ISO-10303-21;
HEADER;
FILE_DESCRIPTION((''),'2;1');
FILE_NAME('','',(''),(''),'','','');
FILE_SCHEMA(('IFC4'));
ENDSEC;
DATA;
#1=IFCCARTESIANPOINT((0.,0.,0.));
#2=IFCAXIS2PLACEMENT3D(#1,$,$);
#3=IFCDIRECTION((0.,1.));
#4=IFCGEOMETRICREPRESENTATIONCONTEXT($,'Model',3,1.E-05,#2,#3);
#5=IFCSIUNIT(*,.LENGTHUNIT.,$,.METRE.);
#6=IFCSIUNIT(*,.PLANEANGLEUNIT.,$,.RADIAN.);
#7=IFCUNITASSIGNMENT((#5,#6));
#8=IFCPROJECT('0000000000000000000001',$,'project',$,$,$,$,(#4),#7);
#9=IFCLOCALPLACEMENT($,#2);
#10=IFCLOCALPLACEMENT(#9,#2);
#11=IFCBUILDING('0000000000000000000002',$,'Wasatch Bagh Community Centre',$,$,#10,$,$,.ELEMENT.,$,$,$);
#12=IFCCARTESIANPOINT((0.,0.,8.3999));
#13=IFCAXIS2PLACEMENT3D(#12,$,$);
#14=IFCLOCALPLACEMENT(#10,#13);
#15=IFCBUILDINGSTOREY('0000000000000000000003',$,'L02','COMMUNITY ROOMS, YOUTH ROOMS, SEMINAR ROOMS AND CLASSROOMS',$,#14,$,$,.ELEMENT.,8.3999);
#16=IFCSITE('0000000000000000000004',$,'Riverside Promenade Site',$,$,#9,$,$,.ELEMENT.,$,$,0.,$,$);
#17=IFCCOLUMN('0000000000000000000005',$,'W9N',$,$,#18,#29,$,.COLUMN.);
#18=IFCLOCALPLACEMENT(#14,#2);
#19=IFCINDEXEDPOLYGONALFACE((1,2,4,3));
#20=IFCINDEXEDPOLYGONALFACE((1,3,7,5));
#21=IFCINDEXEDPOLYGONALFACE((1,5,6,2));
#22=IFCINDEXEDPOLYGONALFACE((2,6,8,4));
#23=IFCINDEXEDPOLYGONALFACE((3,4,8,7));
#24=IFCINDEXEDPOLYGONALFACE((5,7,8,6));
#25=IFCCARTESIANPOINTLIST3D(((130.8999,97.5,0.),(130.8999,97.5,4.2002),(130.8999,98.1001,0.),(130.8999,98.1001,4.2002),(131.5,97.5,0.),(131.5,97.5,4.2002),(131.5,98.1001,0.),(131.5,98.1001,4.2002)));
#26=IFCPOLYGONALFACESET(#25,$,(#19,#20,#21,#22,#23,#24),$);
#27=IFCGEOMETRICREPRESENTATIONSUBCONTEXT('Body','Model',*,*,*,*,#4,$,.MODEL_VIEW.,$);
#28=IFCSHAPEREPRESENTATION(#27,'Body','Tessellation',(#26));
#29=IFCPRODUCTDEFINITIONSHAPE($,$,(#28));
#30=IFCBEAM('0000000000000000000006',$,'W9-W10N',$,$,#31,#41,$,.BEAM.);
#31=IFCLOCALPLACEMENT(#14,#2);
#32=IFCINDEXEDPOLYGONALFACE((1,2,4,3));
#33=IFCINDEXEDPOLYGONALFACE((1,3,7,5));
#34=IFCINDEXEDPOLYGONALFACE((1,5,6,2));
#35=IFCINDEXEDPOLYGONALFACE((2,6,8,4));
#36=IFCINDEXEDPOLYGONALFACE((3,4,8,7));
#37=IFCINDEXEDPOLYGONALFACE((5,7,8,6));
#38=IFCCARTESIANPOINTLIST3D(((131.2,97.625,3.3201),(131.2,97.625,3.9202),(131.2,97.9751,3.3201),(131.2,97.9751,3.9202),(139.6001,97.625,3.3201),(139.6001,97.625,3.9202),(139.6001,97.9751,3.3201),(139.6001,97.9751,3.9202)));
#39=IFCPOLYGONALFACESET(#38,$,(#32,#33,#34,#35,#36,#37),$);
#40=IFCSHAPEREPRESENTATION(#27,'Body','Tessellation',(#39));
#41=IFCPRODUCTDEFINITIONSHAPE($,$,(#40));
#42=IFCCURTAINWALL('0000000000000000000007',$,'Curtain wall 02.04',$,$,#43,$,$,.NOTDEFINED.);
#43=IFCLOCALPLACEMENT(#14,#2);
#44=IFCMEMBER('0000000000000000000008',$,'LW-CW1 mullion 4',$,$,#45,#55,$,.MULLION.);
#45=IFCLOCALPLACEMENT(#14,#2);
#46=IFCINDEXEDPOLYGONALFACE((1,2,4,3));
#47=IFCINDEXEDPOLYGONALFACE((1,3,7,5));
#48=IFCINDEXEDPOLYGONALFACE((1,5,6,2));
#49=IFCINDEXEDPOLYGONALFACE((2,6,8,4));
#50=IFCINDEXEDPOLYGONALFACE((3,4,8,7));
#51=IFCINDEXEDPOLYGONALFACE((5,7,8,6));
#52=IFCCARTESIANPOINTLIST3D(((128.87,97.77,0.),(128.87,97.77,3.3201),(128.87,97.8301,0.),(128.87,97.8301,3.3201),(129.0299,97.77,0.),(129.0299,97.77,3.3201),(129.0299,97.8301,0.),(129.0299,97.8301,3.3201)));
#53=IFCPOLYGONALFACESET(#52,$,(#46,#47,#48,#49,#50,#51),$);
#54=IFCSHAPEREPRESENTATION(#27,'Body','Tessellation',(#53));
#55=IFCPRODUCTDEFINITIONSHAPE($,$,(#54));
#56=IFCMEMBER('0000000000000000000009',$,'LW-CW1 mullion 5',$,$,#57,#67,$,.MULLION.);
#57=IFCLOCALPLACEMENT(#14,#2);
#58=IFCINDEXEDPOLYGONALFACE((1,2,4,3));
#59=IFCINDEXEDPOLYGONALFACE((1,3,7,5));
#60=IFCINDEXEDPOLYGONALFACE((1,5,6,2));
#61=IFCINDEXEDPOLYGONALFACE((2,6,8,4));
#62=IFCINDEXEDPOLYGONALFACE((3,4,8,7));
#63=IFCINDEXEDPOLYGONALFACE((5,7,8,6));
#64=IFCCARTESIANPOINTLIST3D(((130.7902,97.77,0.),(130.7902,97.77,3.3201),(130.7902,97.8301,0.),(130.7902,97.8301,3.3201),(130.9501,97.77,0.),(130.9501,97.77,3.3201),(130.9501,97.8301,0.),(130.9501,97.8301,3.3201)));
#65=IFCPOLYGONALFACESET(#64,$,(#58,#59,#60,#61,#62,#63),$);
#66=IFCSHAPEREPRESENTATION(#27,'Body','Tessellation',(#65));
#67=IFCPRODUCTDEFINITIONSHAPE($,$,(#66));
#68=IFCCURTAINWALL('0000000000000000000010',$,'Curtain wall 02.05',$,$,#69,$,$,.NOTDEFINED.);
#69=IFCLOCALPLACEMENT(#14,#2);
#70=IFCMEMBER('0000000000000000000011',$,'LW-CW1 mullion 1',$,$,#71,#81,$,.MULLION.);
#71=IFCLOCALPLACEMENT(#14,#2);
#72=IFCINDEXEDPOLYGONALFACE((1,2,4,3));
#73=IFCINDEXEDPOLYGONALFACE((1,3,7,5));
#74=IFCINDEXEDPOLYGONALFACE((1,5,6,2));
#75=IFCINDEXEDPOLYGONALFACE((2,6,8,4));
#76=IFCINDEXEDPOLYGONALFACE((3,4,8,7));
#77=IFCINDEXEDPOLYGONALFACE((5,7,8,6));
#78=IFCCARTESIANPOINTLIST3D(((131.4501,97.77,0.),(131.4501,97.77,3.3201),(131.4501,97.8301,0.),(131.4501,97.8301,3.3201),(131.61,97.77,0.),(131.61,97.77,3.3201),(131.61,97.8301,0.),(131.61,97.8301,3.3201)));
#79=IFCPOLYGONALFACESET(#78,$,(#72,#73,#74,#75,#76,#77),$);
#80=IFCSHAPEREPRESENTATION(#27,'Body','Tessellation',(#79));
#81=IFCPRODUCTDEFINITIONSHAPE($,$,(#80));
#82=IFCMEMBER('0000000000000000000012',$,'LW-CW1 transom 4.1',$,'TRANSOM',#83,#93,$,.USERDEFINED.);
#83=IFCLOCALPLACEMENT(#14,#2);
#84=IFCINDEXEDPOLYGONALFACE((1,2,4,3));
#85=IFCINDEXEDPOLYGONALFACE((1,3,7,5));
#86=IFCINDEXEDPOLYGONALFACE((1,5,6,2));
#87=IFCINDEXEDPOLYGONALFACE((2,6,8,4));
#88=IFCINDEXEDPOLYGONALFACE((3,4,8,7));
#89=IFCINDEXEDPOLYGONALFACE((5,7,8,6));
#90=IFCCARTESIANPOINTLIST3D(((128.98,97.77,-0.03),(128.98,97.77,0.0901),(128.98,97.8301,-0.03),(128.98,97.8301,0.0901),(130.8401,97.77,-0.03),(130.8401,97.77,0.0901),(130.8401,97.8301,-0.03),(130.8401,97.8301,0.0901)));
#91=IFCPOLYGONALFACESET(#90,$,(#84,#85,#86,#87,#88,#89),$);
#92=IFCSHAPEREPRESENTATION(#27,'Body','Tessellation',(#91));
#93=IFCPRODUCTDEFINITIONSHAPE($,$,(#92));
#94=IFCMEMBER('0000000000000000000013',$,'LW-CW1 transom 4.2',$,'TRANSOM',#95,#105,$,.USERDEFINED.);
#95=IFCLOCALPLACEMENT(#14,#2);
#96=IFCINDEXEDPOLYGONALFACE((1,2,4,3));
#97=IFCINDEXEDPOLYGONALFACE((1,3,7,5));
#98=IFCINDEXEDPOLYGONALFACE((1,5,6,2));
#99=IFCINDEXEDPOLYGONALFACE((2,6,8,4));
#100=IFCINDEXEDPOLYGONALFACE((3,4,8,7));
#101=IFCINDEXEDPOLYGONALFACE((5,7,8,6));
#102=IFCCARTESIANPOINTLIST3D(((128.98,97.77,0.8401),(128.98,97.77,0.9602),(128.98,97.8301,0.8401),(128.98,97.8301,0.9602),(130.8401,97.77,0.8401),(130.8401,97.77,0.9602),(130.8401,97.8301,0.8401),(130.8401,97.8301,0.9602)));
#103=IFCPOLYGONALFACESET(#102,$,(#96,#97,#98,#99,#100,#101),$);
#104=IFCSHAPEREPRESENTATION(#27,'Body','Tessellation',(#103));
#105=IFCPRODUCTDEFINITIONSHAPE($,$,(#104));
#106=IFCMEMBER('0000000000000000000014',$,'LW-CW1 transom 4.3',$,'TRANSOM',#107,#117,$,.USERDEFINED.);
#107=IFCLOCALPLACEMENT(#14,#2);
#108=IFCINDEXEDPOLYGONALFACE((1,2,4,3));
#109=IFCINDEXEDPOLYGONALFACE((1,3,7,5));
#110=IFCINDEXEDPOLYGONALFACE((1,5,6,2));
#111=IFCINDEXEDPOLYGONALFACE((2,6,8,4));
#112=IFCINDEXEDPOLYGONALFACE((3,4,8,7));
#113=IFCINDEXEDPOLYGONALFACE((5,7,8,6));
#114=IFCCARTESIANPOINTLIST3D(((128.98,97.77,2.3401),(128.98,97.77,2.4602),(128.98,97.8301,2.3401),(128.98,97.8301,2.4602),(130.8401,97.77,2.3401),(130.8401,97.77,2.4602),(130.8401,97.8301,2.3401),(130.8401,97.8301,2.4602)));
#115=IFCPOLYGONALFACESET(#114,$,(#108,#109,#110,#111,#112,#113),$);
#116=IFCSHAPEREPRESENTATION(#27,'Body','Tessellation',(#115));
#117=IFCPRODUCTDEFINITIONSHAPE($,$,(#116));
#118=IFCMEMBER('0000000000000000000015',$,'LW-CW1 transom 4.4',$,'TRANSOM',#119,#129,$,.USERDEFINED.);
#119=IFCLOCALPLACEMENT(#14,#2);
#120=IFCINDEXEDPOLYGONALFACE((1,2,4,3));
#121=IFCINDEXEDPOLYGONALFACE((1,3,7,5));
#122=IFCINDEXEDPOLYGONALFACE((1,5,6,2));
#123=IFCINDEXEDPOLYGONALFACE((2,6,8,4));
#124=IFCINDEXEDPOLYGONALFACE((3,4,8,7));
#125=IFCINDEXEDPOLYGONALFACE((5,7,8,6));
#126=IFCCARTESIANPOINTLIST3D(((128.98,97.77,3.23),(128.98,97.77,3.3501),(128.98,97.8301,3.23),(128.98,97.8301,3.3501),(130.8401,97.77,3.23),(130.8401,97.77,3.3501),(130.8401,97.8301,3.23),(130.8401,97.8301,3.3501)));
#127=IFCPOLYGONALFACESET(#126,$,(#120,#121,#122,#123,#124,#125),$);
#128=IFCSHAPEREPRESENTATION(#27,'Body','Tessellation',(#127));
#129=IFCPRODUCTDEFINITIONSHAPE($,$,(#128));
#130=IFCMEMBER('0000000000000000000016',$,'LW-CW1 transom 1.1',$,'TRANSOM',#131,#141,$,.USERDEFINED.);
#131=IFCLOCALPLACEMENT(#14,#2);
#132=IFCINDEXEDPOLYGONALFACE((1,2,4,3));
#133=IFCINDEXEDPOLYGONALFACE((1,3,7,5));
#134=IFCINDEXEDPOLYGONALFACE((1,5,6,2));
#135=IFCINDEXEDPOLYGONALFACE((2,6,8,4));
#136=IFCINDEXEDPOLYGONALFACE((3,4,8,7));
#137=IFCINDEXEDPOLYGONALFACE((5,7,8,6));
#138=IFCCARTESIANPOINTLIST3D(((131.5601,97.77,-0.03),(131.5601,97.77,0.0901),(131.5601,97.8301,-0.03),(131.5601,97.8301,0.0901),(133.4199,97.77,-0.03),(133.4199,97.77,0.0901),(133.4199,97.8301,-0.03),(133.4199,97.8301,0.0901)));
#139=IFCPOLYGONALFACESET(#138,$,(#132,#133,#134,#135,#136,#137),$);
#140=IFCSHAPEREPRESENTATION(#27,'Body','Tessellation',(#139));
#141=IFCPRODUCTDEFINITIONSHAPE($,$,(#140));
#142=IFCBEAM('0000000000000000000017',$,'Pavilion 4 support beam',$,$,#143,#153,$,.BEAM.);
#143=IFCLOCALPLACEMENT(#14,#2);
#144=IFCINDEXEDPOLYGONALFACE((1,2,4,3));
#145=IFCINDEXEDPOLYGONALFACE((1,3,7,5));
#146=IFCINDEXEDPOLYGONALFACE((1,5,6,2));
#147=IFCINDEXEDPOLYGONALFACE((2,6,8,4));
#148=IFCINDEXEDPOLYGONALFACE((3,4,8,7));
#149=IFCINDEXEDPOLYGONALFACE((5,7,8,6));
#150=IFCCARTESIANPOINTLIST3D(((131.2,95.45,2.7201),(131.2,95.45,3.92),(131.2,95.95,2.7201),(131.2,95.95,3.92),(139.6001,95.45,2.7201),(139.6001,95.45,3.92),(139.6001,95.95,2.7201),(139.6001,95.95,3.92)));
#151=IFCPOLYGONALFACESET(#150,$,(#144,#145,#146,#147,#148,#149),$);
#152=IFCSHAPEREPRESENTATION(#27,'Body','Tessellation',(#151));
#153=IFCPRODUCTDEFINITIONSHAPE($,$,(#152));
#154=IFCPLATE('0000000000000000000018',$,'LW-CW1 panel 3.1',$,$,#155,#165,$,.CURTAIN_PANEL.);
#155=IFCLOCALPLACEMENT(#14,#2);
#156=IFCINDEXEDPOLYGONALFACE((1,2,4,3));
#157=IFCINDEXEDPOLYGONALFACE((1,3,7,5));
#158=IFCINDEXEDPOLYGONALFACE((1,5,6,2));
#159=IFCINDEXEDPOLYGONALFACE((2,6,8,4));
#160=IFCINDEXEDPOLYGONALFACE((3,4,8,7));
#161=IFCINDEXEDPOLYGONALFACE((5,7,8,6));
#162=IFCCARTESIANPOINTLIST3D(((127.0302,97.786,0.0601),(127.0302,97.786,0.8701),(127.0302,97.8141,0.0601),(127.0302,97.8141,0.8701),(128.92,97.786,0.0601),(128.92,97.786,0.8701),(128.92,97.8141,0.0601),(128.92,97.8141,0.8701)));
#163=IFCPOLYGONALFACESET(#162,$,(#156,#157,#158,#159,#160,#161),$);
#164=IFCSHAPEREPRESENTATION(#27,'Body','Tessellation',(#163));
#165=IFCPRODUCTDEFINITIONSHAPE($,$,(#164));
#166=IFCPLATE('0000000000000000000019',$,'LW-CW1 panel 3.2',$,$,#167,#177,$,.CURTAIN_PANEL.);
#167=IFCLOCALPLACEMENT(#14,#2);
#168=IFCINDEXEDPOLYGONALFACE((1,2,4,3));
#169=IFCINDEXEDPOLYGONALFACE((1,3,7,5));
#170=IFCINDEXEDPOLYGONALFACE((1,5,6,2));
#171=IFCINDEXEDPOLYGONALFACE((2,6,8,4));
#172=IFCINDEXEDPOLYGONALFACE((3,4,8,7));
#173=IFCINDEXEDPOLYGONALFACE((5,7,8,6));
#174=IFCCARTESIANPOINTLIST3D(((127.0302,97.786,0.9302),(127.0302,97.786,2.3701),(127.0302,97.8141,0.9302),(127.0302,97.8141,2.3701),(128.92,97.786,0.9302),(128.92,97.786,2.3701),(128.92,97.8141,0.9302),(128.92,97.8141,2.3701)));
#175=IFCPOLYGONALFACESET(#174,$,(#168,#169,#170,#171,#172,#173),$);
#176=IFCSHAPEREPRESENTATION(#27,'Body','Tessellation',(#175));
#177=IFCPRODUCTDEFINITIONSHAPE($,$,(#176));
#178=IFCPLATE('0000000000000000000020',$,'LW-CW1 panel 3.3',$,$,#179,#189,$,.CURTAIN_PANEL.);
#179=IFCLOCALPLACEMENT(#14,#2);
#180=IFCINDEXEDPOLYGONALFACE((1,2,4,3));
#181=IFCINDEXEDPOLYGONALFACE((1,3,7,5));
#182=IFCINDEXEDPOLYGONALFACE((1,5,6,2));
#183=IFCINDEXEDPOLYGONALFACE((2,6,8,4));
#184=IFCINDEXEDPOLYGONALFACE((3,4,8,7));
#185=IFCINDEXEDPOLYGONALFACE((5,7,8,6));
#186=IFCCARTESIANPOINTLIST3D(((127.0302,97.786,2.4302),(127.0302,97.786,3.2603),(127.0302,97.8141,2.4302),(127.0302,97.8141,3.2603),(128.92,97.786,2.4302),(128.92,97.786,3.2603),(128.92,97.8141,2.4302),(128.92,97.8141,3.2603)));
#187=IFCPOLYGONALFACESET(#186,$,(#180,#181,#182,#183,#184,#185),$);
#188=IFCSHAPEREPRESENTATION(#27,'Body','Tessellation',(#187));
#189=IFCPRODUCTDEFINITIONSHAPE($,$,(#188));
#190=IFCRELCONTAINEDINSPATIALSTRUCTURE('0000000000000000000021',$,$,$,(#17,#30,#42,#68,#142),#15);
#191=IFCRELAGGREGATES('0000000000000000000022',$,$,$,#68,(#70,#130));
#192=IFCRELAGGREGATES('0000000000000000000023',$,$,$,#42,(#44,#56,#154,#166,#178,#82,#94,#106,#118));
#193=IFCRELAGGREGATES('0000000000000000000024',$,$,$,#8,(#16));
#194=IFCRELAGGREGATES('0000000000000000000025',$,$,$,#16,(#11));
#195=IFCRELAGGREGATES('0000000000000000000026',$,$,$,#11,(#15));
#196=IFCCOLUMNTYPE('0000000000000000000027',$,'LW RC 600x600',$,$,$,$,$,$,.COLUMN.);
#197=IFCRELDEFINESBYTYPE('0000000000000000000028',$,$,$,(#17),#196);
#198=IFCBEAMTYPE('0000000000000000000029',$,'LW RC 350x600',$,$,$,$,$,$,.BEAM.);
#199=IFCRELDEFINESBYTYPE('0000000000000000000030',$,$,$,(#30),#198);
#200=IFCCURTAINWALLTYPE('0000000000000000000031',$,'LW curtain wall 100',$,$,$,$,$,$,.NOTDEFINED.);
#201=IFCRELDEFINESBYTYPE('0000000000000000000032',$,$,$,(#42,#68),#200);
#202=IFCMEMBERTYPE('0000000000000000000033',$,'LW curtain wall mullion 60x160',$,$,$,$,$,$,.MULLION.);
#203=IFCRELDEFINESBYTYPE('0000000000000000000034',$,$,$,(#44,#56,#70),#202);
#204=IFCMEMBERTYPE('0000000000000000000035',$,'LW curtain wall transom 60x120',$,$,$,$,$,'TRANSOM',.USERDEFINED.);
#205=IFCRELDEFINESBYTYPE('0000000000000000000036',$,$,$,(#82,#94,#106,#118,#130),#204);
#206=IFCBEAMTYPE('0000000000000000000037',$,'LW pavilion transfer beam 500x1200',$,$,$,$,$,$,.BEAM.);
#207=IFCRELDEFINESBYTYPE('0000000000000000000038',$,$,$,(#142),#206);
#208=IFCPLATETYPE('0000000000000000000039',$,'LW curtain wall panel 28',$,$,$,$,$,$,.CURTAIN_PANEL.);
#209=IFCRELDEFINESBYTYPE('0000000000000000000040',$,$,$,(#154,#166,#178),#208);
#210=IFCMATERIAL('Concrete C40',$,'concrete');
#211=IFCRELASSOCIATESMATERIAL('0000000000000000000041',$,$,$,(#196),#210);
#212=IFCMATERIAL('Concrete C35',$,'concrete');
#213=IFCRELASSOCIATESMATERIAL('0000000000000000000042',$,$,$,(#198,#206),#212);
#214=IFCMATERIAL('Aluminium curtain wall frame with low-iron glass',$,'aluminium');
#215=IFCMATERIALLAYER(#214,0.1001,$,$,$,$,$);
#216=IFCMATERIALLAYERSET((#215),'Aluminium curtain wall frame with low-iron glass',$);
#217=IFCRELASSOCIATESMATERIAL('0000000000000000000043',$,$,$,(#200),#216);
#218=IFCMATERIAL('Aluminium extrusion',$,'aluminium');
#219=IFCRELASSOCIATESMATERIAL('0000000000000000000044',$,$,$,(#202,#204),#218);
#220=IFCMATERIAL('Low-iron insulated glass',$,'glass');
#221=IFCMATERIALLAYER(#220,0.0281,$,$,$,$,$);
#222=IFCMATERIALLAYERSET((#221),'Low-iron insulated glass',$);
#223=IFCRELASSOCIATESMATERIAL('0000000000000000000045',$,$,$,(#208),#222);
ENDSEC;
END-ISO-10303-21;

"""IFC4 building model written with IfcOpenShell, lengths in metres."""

from ifc_helpers import new_model, si_unit, direction, frame, origin, origin_2d, place, context, subcontext, project, spatial, rectangle, extrude, material, layer, layer_set, material_profile, profile_set, type_object, element, aggregate, save


model = new_model("IFC4")

# Units and contexts
model_context = context("Model", 3, precision=1e-05, world=origin(), true_north=direction((0.0, 1.0)))
body_context = subcontext(model_context, "Body", "Model", "MODEL_VIEW")
ifc_project = project(units=[si_unit("LENGTHUNIT", "METRE"), si_unit("PLANEANGLEUNIT", "RADIAN")], contexts=[model_context])

# Site, building, storey
site_placement = place(None, origin())
site = spatial("IfcSite", under=ifc_project, at=site_placement, Name="Riverside Promenade Site", CompositionType="ELEMENT", RefElevation=0.0)
building_placement = place(site_placement, origin())
building = spatial("IfcBuilding", under=site, at=building_placement, Name="Wasatch Bagh Community Centre", CompositionType="ELEMENT")
storey_placement = place(building_placement, frame((0.0, 0.0, 8.3999)))
storey = spatial("IfcBuildingStorey", under=building, at=storey_placement, Name="L02", Description="COMMUNITY ROOMS, YOUTH ROOMS, SEMINAR ROOMS AND CLASSROOMS", CompositionType="ELEMENT", Elevation=8.3999)

# Column
ifc_material_1 = material(Name="Concrete C40", Category="concrete")
ifc_material_profile_1 = material_profile(ifc_material_1, rectangle(XDim=0.6001, YDim=0.6001, at=origin_2d()), Name="RC 600x600")
ifc_profile_set_1 = profile_set([ifc_material_profile_1], Name="Concrete C40")
column_type = type_object("IfcColumnType", Name="LW RC 600x600", PredefinedType="COLUMN", material=ifc_profile_set_1)
column_placement = place(storey_placement, frame((131.2, 97.8, 0.0), z_axis=(0.0, 0.0, 1.0), x_axis=(1.0, 0.0, 0.0)))
element("IfcColumn", 1, at=column_placement, inside=storey, type_object=column_type, Name="W9N", PredefinedType="COLUMN", context=body_context, shape_type="SweptSolid", body=[
    extrude(rectangle(XDim=0.6001, YDim=0.6001, at=origin_2d()), origin(), (0.0, 0.0, 1.0), 4.2002),
])

# Beam
ifc_material_2 = material(Name="Concrete C35", Category="concrete")
ifc_material_profile_2 = material_profile(ifc_material_2, rectangle(XDim=0.3501, YDim=0.6001, at=origin_2d()), Name="RC 350x600")
ifc_profile_set_2 = profile_set([ifc_material_profile_2], Name="Concrete C35")
beam_type_1 = type_object("IfcBeamType", Name="LW RC 350x600", PredefinedType="BEAM", material=ifc_profile_set_2)
beam_1_placement = place(storey_placement, frame((131.2, 97.8, 3.6201), z_axis=(1.0, 0.0, 0.0), x_axis=(0.0, 1.0, 0.0)))
element("IfcBeam", 2, at=beam_1_placement, inside=storey, type_object=beam_type_1, Name="W9-W10N", PredefinedType="BEAM", context=body_context, shape_type="SweptSolid", body=[
    extrude(rectangle(XDim=0.3501, YDim=0.6001, at=origin_2d()), origin(), (0.0, 0.0, 1.0), 8.4001),
])

# Curtain wall, members
ifc_material_3 = material(Name="Aluminium curtain wall frame with low-iron glass", Category="aluminium")
ifc_layer_1 = layer(ifc_material_3, 0.1001)
ifc_layer_set_1 = layer_set([ifc_layer_1], Name="Aluminium curtain wall frame with low-iron glass")
curtain_wall_type = type_object("IfcCurtainWallType", Name="LW curtain wall 100", PredefinedType="NOTDEFINED", material=ifc_layer_set_1)
curtain_wall_1_placement = place(storey_placement, origin())
curtain_wall_1 = element("IfcCurtainWall", 3, at=curtain_wall_1_placement, inside=storey, type_object=curtain_wall_type, Name="Curtain wall 02.04", PredefinedType="NOTDEFINED")
ifc_material_4 = material(Name="Aluminium extrusion", Category="aluminium")
ifc_material_profile_3 = material_profile(ifc_material_4, rectangle(XDim=0.0601, YDim=0.1599, at=origin_2d()), Name="AL 60x160")
ifc_profile_set_3 = profile_set([ifc_material_profile_3], Name="Aluminium extrusion")
member_type_1 = type_object("IfcMemberType", Name="LW curtain wall mullion 60x160", PredefinedType="MULLION", material=ifc_profile_set_3)
member_1_placement = place(storey_placement, frame((128.95, 97.8, 0.0), z_axis=(0.0, 0.0, 1.0), x_axis=(0.0, 1.0, 0.0)))
member_1 = element("IfcMember", 4, at=member_1_placement, type_object=member_type_1, Name="LW-CW1 mullion 4", PredefinedType="MULLION", context=body_context, shape_type="SweptSolid", body=[
    extrude(rectangle(XDim=0.0601, YDim=0.1599, at=origin_2d()), origin(), (0.0, 0.0, 1.0), 3.3201),
])
member_2_placement = place(storey_placement, frame((130.8701, 97.8, 0.0), z_axis=(0.0, 0.0, 1.0), x_axis=(0.0, 1.0, 0.0)))
member_2 = element("IfcMember", 5, at=member_2_placement, type_object=member_type_1, Name="LW-CW1 mullion 5", PredefinedType="MULLION", context=body_context, shape_type="SweptSolid", body=[
    extrude(rectangle(XDim=0.0601, YDim=0.1599, at=origin_2d()), origin(), (0.0, 0.0, 1.0), 3.3201),
])

# Curtain wall, member
curtain_wall_2_placement = place(storey_placement, origin())
curtain_wall_2 = element("IfcCurtainWall", 6, at=curtain_wall_2_placement, inside=storey, type_object=curtain_wall_type, Name="Curtain wall 02.05", PredefinedType="NOTDEFINED")
member_3_placement = place(storey_placement, frame((131.53, 97.8, 0.0), z_axis=(0.0, 0.0, 1.0), x_axis=(0.0, 1.0, 0.0)))
member_3 = element("IfcMember", 7, at=member_3_placement, type_object=member_type_1, Name="LW-CW1 mullion 1", PredefinedType="MULLION", context=body_context, shape_type="SweptSolid", body=[
    extrude(rectangle(XDim=0.0601, YDim=0.1599, at=origin_2d()), origin(), (0.0, 0.0, 1.0), 3.3201),
])

# Members
ifc_material_profile_4 = material_profile(ifc_material_4, rectangle(XDim=0.0601, YDim=0.1201, at=origin_2d()), Name="AL 60x120")
ifc_profile_set_4 = profile_set([ifc_material_profile_4], Name="Aluminium extrusion")
member_type_2 = type_object("IfcMemberType", Name="LW curtain wall transom 60x120", ElementType="TRANSOM", PredefinedType="USERDEFINED", material=ifc_profile_set_4)
member_4_placement = place(storey_placement, frame((128.98, 97.8, 0.03), z_axis=(1.0, 0.0, 0.0), x_axis=(0.0, 1.0, 0.0)))
member_4 = element("IfcMember", 8, at=member_4_placement, type_object=member_type_2, Name="LW-CW1 transom 4.1", ObjectType="TRANSOM", PredefinedType="USERDEFINED", context=body_context, shape_type="SweptSolid", body=[
    extrude(rectangle(XDim=0.0601, YDim=0.1201, at=origin_2d()), origin(), (0.0, 0.0, 1.0), 1.8601),
])
member_5_placement = place(storey_placement, frame((128.98, 97.8, 0.9001), z_axis=(1.0, 0.0, 0.0), x_axis=(0.0, 1.0, 0.0)))
member_5 = element("IfcMember", 9, at=member_5_placement, type_object=member_type_2, Name="LW-CW1 transom 4.2", ObjectType="TRANSOM", PredefinedType="USERDEFINED", context=body_context, shape_type="SweptSolid", body=[
    extrude(rectangle(XDim=0.0601, YDim=0.1201, at=origin_2d()), origin(), (0.0, 0.0, 1.0), 1.8601),
])
member_6_placement = place(storey_placement, frame((128.98, 97.8, 2.4001), z_axis=(1.0, 0.0, 0.0), x_axis=(0.0, 1.0, 0.0)))
member_6 = element("IfcMember", 10, at=member_6_placement, type_object=member_type_2, Name="LW-CW1 transom 4.3", ObjectType="TRANSOM", PredefinedType="USERDEFINED", context=body_context, shape_type="SweptSolid", body=[
    extrude(rectangle(XDim=0.0601, YDim=0.1201, at=origin_2d()), origin(), (0.0, 0.0, 1.0), 1.8601),
])
member_7_placement = place(storey_placement, frame((128.98, 97.8, 3.29), z_axis=(1.0, 0.0, 0.0), x_axis=(0.0, 1.0, 0.0)))
member_7 = element("IfcMember", 11, at=member_7_placement, type_object=member_type_2, Name="LW-CW1 transom 4.4", ObjectType="TRANSOM", PredefinedType="USERDEFINED", context=body_context, shape_type="SweptSolid", body=[
    extrude(rectangle(XDim=0.0601, YDim=0.1201, at=origin_2d()), origin(), (0.0, 0.0, 1.0), 1.8601),
])
member_8_placement = place(storey_placement, frame((131.5601, 97.8, 0.03), z_axis=(1.0, 0.0, 0.0), x_axis=(0.0, 1.0, 0.0)))
member_8 = element("IfcMember", 12, at=member_8_placement, type_object=member_type_2, Name="LW-CW1 transom 1.1", ObjectType="TRANSOM", PredefinedType="USERDEFINED", context=body_context, shape_type="SweptSolid", body=[
    extrude(rectangle(XDim=0.0601, YDim=0.1201, at=origin_2d()), origin(), (0.0, 0.0, 1.0), 1.8599),
])
aggregate(curtain_wall_2, [member_3, member_8])

# Beam
ifc_material_profile_5 = material_profile(ifc_material_2, rectangle(XDim=0.5, YDim=1.2, at=origin_2d()), Name="RC 500x1200")
ifc_profile_set_5 = profile_set([ifc_material_profile_5], Name="Concrete C35")
beam_type_2 = type_object("IfcBeamType", Name="LW pavilion transfer beam 500x1200", PredefinedType="BEAM", material=ifc_profile_set_5)
beam_2_placement = place(storey_placement, frame((131.2, 95.7, 3.3201), z_axis=(1.0, 0.0, 0.0), x_axis=(0.0, 1.0, 0.0)))
element("IfcBeam", 13, at=beam_2_placement, inside=storey, type_object=beam_type_2, Name="Pavilion 4 support beam", PredefinedType="BEAM", context=body_context, shape_type="SweptSolid", body=[
    extrude(rectangle(XDim=0.5, YDim=1.2, at=origin_2d()), origin(), (0.0, 0.0, 1.0), 8.4001),
])

# Plates
ifc_material_5 = material(Name="Low-iron insulated glass", Category="glass")
ifc_layer_2 = layer(ifc_material_5, 0.0281)
ifc_layer_set_2 = layer_set([ifc_layer_2], Name="Low-iron insulated glass")
plate_type = type_object("IfcPlateType", Name="LW curtain wall panel 28", PredefinedType="CURTAIN_PANEL", material=ifc_layer_set_2)
plate_1_placement = place(storey_placement, frame((127.9751, 97.8, 0.0601), z_axis=(0.0, 0.0, 1.0), x_axis=(1.0, 0.0, 0.0)))
plate_1 = element("IfcPlate", 14, at=plate_1_placement, type_object=plate_type, Name="LW-CW1 panel 3.1", PredefinedType="CURTAIN_PANEL", context=body_context, shape_type="SweptSolid", body=[
    extrude(rectangle(XDim=1.8899, YDim=0.0281, at=origin_2d()), origin(), (0.0, 0.0, 1.0), 0.8101),
])
plate_2_placement = place(storey_placement, frame((127.9751, 97.8, 0.9302), z_axis=(0.0, 0.0, 1.0), x_axis=(1.0, 0.0, 0.0)))
plate_2 = element("IfcPlate", 15, at=plate_2_placement, type_object=plate_type, Name="LW-CW1 panel 3.2", PredefinedType="CURTAIN_PANEL", context=body_context, shape_type="SweptSolid", body=[
    extrude(rectangle(XDim=1.8899, YDim=0.0281, at=origin_2d()), origin(), (0.0, 0.0, 1.0), 1.4399),
])
plate_3_placement = place(storey_placement, frame((127.9751, 97.8, 2.4302), z_axis=(0.0, 0.0, 1.0), x_axis=(1.0, 0.0, 0.0)))
plate_3 = element("IfcPlate", 16, at=plate_3_placement, type_object=plate_type, Name="LW-CW1 panel 3.3", PredefinedType="CURTAIN_PANEL", context=body_context, shape_type="SweptSolid", body=[
    extrude(rectangle(XDim=1.8899, YDim=0.0281, at=origin_2d()), origin(), (0.0, 0.0, 1.0), 0.8301),
])
aggregate(curtain_wall_1, [member_1, member_2, plate_1, plate_2, plate_3, member_4, member_5, member_6, member_7])

save(model, "model.ifc")
